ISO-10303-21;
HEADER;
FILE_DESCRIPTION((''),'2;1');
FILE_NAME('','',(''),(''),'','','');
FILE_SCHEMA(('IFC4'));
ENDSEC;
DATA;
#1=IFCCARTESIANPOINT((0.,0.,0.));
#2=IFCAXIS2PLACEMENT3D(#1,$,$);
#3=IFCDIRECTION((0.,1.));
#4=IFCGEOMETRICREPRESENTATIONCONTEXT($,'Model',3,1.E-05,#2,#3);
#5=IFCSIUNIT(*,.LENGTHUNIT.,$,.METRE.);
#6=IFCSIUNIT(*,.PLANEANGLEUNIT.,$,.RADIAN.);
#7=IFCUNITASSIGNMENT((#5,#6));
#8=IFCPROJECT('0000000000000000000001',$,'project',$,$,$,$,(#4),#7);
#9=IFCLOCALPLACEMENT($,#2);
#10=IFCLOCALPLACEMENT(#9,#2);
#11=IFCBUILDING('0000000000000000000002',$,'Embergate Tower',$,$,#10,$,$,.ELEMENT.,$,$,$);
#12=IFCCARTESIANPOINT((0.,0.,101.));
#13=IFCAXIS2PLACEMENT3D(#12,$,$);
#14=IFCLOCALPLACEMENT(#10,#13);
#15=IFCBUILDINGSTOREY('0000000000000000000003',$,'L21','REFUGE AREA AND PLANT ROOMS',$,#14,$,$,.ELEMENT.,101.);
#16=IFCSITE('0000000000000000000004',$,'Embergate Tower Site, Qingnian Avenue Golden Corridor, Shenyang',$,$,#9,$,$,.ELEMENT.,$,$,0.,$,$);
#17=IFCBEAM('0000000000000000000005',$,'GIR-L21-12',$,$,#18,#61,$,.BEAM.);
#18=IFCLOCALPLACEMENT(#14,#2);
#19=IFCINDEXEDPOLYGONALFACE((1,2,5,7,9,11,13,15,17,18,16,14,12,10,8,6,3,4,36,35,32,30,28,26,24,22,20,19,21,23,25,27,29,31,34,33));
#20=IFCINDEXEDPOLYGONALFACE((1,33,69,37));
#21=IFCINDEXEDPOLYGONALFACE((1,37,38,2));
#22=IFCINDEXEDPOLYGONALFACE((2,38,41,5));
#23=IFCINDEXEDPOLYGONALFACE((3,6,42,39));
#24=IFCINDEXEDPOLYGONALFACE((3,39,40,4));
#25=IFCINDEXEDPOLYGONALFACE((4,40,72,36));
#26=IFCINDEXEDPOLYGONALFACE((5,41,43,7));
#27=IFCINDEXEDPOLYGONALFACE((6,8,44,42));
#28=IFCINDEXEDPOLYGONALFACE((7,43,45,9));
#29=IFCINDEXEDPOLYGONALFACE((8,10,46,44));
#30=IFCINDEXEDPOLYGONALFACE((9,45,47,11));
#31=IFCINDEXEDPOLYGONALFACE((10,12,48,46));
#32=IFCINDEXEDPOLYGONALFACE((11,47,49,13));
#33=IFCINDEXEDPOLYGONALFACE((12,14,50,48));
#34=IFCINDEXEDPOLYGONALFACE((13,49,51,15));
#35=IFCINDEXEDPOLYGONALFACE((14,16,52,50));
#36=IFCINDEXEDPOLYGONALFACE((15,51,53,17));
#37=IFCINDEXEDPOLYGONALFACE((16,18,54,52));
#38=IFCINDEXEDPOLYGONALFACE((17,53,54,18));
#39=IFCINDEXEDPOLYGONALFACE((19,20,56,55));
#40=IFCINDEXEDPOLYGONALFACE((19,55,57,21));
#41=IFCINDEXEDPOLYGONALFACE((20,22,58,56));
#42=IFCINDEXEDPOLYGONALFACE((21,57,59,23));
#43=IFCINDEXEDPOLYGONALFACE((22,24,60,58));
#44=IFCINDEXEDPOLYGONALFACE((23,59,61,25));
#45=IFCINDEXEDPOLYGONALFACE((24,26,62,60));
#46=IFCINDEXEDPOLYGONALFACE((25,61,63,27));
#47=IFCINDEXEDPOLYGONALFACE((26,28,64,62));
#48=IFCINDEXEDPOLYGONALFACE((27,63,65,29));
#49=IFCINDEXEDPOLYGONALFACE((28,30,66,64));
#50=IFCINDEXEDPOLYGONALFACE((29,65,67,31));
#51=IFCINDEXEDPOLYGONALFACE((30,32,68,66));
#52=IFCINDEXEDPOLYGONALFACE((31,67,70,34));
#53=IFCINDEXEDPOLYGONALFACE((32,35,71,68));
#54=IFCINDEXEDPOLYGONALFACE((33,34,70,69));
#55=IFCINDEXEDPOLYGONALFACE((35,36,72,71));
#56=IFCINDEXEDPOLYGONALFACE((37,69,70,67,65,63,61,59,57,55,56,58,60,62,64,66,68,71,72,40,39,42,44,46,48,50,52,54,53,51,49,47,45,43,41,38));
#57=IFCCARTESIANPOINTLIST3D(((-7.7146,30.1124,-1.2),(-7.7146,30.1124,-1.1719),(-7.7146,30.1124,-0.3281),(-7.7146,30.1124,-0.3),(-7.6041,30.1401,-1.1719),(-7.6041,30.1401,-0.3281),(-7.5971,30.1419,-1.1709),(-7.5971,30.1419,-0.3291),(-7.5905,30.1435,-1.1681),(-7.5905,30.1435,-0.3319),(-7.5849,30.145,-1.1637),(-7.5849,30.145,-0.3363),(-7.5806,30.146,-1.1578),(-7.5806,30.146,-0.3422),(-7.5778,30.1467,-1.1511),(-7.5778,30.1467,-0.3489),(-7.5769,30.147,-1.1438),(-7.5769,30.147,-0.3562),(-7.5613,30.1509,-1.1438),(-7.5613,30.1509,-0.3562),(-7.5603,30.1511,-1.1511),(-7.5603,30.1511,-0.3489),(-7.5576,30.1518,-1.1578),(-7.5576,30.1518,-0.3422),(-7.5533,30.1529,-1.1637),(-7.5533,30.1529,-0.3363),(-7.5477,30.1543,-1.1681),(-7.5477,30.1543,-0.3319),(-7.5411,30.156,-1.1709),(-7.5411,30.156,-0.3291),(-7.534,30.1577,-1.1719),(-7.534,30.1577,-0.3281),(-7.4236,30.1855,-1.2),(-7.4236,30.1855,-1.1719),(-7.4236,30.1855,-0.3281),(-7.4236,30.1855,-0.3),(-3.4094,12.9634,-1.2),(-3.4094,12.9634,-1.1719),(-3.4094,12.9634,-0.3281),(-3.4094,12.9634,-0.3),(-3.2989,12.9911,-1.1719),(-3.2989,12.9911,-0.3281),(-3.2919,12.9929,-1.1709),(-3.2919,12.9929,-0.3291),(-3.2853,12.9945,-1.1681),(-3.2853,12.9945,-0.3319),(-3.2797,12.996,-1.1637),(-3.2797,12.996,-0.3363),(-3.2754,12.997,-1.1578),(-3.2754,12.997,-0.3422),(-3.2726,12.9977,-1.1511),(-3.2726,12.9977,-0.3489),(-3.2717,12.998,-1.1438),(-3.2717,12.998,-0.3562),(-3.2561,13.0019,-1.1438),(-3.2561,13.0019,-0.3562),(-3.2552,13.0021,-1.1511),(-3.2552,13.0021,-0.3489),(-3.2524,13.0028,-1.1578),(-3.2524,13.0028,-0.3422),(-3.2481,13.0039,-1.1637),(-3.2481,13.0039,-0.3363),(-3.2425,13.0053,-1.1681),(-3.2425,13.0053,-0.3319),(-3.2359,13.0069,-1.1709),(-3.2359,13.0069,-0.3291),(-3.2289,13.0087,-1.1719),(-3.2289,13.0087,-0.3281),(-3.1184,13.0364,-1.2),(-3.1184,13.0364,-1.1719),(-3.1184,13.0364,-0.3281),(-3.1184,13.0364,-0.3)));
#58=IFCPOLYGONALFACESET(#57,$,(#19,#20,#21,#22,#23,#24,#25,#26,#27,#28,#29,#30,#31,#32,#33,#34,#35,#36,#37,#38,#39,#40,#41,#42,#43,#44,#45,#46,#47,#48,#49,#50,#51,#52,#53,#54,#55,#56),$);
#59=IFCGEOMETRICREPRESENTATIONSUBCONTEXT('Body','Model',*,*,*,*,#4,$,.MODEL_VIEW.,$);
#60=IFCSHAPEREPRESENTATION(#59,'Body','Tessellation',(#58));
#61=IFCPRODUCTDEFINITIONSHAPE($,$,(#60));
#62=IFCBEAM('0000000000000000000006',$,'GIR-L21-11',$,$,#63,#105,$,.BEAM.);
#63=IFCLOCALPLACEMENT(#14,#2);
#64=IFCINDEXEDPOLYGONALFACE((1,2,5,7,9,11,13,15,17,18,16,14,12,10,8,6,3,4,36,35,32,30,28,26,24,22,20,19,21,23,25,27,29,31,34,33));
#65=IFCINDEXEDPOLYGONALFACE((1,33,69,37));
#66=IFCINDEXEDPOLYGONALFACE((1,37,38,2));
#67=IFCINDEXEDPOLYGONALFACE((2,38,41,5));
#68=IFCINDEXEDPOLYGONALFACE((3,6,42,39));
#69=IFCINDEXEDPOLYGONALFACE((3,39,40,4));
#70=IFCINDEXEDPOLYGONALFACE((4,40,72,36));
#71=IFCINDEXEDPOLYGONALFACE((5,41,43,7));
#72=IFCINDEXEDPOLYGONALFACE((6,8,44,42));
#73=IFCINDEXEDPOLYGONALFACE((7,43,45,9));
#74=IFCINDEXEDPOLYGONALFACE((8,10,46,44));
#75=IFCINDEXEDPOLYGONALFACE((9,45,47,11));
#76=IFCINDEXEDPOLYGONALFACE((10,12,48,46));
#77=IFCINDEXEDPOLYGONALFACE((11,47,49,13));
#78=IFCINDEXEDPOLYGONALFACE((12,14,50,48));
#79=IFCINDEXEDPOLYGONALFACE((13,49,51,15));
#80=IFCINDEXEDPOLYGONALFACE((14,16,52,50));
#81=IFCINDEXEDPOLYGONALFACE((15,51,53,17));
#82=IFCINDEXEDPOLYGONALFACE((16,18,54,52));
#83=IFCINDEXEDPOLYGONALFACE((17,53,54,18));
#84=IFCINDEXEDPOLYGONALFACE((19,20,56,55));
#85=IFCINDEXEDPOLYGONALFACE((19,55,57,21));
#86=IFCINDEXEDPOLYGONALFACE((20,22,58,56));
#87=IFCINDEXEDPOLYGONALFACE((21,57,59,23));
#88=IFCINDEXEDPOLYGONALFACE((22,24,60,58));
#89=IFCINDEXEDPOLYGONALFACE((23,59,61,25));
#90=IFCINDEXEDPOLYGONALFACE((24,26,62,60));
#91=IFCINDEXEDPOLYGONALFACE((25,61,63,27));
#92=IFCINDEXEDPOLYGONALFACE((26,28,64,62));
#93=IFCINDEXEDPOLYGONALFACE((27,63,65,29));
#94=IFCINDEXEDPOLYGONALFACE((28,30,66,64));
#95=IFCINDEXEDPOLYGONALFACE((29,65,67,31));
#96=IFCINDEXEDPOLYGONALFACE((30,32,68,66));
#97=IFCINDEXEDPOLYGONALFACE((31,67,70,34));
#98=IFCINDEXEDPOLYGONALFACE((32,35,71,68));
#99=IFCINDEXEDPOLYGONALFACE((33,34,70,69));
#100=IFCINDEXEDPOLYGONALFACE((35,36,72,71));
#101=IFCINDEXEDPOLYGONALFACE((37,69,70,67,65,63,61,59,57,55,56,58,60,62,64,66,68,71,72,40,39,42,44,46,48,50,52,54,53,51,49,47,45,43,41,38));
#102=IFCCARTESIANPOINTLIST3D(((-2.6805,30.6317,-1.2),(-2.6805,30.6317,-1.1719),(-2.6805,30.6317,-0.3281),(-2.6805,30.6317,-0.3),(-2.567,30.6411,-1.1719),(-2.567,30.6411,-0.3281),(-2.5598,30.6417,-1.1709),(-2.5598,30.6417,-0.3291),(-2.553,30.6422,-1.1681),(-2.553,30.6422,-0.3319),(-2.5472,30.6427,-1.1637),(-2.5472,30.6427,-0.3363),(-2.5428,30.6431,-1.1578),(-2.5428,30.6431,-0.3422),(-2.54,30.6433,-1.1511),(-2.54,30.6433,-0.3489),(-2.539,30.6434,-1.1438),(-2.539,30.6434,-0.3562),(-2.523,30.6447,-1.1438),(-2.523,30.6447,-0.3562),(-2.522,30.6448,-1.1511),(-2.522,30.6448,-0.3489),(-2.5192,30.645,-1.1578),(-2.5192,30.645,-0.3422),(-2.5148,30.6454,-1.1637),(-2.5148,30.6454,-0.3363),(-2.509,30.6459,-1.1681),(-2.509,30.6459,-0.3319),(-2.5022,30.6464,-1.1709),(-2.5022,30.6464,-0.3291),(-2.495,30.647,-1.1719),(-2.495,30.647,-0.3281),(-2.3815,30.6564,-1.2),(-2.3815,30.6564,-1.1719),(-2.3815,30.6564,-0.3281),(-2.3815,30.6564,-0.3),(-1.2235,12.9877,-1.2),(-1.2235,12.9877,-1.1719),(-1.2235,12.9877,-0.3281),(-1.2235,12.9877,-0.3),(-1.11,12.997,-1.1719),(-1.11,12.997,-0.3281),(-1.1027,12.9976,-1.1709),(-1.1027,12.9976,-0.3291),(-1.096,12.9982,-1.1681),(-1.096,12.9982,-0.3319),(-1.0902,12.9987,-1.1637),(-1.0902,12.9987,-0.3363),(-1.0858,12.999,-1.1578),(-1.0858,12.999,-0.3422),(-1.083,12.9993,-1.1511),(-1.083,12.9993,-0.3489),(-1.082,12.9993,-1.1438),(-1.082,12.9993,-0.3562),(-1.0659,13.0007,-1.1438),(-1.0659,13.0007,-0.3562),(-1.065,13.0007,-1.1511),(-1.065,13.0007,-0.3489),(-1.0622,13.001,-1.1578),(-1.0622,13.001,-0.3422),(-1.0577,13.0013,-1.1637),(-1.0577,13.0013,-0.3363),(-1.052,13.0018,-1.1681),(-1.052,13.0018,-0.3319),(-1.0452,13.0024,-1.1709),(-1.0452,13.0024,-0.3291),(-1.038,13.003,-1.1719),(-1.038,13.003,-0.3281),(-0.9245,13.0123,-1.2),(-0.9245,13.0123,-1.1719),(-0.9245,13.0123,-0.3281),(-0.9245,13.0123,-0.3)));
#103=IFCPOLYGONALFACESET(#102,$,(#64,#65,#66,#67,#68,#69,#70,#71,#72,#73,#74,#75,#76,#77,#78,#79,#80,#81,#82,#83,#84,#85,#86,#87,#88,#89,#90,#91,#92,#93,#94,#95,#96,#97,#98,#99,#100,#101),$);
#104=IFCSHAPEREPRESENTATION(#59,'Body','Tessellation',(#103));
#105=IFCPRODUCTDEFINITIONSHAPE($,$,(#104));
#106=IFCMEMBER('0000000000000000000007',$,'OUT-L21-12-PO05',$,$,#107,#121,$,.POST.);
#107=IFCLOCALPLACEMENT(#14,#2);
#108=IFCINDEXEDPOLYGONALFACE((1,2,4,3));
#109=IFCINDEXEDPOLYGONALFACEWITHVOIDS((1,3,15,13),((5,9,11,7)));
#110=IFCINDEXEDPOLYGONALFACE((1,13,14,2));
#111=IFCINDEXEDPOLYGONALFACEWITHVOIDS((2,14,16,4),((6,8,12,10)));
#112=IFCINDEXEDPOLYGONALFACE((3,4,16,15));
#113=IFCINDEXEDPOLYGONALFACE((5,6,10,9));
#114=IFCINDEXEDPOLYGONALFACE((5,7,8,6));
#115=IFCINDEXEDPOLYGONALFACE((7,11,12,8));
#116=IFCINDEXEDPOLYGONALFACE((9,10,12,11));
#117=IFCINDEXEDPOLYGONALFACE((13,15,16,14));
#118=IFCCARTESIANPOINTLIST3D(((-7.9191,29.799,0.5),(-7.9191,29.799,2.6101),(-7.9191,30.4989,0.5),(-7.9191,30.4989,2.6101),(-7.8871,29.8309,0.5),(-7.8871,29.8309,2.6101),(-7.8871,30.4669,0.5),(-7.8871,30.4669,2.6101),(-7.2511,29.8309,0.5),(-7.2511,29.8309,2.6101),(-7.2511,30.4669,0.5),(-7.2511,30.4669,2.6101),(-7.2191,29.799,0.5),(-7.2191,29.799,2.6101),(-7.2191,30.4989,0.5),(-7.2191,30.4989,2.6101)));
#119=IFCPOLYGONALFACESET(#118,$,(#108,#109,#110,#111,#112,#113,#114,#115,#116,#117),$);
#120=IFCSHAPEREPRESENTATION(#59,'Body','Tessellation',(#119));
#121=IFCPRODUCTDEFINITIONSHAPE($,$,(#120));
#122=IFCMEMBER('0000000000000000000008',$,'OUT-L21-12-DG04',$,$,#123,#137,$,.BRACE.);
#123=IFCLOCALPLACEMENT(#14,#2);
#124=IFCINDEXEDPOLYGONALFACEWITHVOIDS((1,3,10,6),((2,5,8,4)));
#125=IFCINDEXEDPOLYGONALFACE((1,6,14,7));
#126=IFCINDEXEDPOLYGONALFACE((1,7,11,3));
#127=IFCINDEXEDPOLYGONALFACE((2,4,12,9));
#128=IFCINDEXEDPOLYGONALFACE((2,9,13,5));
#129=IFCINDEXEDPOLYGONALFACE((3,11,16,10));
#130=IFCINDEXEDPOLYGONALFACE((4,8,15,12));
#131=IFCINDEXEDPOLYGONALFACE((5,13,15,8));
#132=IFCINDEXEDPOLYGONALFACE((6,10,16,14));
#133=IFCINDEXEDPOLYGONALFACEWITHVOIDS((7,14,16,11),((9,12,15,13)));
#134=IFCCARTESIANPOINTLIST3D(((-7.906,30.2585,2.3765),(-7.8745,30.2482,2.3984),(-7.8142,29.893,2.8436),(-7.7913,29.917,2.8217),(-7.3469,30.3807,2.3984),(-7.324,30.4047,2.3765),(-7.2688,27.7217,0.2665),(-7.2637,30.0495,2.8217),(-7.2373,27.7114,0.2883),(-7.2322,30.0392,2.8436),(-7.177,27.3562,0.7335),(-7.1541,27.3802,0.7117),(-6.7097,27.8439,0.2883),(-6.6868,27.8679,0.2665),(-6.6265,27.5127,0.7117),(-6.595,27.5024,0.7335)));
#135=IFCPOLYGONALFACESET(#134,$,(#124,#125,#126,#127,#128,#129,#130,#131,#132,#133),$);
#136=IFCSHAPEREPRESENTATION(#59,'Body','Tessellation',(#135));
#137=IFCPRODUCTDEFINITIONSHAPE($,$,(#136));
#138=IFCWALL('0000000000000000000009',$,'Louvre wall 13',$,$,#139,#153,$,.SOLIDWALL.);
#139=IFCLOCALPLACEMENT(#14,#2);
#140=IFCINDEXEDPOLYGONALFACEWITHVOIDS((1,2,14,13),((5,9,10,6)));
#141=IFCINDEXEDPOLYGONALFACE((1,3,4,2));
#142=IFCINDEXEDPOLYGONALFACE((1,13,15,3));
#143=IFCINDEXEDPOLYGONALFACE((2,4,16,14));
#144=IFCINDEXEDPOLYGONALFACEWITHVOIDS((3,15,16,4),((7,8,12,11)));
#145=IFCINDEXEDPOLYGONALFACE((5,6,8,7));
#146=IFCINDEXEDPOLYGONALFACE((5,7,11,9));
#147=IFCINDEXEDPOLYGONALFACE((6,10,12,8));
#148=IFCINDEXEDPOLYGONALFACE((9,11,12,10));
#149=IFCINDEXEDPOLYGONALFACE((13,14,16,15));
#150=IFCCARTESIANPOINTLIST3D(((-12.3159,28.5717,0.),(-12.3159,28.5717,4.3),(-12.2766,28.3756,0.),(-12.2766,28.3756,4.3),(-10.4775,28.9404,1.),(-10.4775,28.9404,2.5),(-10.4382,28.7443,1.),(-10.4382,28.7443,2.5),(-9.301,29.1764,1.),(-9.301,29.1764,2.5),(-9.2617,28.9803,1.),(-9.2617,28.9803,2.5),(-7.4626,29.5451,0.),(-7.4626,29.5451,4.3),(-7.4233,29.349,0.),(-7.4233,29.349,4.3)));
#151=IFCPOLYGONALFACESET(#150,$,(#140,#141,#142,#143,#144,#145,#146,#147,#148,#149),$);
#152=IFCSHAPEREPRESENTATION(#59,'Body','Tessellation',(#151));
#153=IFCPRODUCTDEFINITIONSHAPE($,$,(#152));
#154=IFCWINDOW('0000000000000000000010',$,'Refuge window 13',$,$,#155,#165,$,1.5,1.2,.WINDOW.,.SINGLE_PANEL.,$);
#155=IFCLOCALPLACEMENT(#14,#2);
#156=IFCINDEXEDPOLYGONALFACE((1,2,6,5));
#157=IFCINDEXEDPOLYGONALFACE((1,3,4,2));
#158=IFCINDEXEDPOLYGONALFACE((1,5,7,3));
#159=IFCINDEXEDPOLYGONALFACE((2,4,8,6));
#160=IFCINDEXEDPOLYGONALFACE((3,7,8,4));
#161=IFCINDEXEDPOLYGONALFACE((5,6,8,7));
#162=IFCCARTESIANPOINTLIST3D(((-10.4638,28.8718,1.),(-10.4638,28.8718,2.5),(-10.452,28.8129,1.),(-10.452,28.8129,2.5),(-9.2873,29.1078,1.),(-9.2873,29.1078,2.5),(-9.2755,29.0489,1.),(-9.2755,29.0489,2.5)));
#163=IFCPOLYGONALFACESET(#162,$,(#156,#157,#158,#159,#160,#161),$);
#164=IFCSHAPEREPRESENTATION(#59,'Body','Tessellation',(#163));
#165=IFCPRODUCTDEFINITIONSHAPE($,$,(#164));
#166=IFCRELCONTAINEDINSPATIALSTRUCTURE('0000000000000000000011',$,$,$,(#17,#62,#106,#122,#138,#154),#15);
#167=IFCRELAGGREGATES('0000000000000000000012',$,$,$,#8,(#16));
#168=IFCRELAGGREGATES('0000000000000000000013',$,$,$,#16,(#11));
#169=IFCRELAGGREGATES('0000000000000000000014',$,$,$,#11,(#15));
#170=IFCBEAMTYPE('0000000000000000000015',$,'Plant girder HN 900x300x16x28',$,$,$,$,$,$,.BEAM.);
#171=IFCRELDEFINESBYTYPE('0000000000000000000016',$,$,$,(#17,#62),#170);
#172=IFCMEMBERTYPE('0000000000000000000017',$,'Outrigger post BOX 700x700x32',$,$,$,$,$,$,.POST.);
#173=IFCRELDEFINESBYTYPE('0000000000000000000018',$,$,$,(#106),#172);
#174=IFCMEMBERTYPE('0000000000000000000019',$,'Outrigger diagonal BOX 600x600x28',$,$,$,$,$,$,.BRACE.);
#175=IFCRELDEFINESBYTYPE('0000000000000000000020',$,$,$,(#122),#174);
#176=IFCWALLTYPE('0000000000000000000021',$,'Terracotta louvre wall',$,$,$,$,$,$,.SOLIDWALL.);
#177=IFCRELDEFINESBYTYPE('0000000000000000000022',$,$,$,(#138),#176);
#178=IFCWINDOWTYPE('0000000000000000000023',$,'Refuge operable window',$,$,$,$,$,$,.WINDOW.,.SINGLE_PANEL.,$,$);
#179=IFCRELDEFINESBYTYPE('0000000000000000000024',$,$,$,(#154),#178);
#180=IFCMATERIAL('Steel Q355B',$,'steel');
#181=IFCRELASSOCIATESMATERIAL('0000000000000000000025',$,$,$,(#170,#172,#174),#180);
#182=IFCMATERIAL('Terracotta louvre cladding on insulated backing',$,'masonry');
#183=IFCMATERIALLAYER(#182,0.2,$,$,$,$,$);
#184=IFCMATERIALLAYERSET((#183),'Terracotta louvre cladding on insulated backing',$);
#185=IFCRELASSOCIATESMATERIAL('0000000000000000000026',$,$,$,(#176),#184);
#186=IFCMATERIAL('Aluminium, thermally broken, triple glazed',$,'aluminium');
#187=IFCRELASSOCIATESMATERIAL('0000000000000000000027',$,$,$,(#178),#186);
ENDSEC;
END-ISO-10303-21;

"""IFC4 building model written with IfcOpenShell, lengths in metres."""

from ifc_helpers import new_model, si_unit, direction, frame, frame_2d, origin, origin_2d, place, context, subcontext, project, spatial, rectangle, hollow_rectangle, i_section, extrude, source, transform, mapped, material, layer, layer_set, material_profile, profile_set, type_object, element, fill, save


model = new_model("IFC4")

# Units and contexts
model_context = context("Model", 3, precision=1e-05, world=origin(), true_north=direction((0.0, 1.0)))
body_context = subcontext(model_context, "Body", "Model", "MODEL_VIEW")
ifc_project = project(units=[si_unit("LENGTHUNIT", "METRE"), si_unit("PLANEANGLEUNIT", "RADIAN")], contexts=[model_context])

# Site, building, storey
site_placement = place(None, origin())
site = spatial("IfcSite", under=ifc_project, at=site_placement, Name="Embergate Tower Site, Qingnian Avenue Golden Corridor, Shenyang", CompositionType="ELEMENT", RefElevation=0.0)
building_placement = place(site_placement, origin())
building = spatial("IfcBuilding", under=site, at=building_placement, Name="Embergate Tower", CompositionType="ELEMENT")
storey_placement = place(building_placement, frame((0.0, 0.0, 101.0)))
storey = spatial("IfcBuildingStorey", under=building, at=storey_placement, Name="L21", Description="REFUGE AREA AND PLANT ROOMS", CompositionType="ELEMENT", Elevation=101.0)

# Beams
ifc_material_1 = material(Name="Steel Q355B", Category="steel")
ifc_material_profile_1 = material_profile(ifc_material_1, i_section(OverallWidth=0.3, OverallDepth=0.8999, WebThickness=0.0161, FlangeThickness=0.0281, FilletRadius=0.0281, at=origin_2d()), Name="HN 900x300x16x28")
ifc_profile_set_1 = profile_set([ifc_material_profile_1], Name="Steel Q355 grade B")
beam_type_1 = type_object("IfcBeamType", Name="Plant girder HN 900x300x16x28", PredefinedType="BEAM", material=ifc_profile_set_1)
shared_shape_1 = source(origin(), body_context, "Body", "SweptSolid", [
    extrude(i_section(OverallWidth=0.3, OverallDepth=0.8999, WebThickness=0.0161, FlangeThickness=0.0281, FilletRadius=0.0281, at=origin_2d()), origin(), (0.0, 0.0, 1.0), 17.6812),
])
beam_1_placement = place(storey_placement, frame((-7.5691, 30.1489, -0.75), z_axis=(0.243491, -0.969903, 0.0), x_axis=(0.969903, 0.243491, 0.0)))
element("IfcBeam", 1, at=beam_1_placement, inside=storey, type_object=beam_type_1, Name="GIR-L21-12", PredefinedType="BEAM", context=body_context, shape_type="MappedRepresentation", body=[
    mapped(shared_shape_1, transform((0.0, 0.0, 0.0))),
])
shared_shape_2 = source(origin(), body_context, "Body", "SweptSolid", [
    extrude(i_section(OverallWidth=0.3, OverallDepth=0.8999, WebThickness=0.0161, FlangeThickness=0.0281, FilletRadius=0.0281, at=origin_2d()), origin(), (0.0, 0.0, 1.0), 17.7041),
])
beam_2_placement = place(storey_placement, frame((-2.531, 30.644, -0.75), z_axis=(0.082299, -0.996608, 0.0), x_axis=(0.996608, 0.082299, 0.0)))
element("IfcBeam", 2, at=beam_2_placement, inside=storey, type_object=beam_type_1, Name="GIR-L21-11", PredefinedType="BEAM", context=body_context, shape_type="MappedRepresentation", body=[
    mapped(shared_shape_2, transform((0.0, 0.0, 0.0))),
])

# Members
ifc_material_profile_2 = material_profile(ifc_material_1, hollow_rectangle(XDim=0.7, YDim=0.7, WallThickness=0.032, at=origin_2d()), Name="BOX 700x700x32")
ifc_profile_set_2 = profile_set([ifc_material_profile_2], Name="Steel Q355 grade B")
member_type_1 = type_object("IfcMemberType", Name="Outrigger post BOX 700x700x32", PredefinedType="POST", material=ifc_profile_set_2)
shared_shape_3 = source(origin(), body_context, "Body", "SweptSolid", [
    extrude(hollow_rectangle(XDim=0.7, YDim=0.7, WallThickness=0.032, at=origin_2d()), origin(), (0.0, 0.0, 1.0), 2.1101),
])
member_1_placement = place(storey_placement, frame((-7.5691, 30.1489, 0.5), z_axis=(0.0, 0.0, 1.0), x_axis=(1.0, 0.0, 0.0)))
element("IfcMember", 3, at=member_1_placement, inside=storey, type_object=member_type_1, Name="OUT-L21-12-PO05", PredefinedType="POST", context=body_context, shape_type="MappedRepresentation", body=[
    mapped(shared_shape_3, transform((0.0, 0.0, 0.0))),
])
ifc_material_profile_3 = material_profile(ifc_material_1, hollow_rectangle(XDim=0.6001, YDim=0.6001, WallThickness=0.0281, at=origin_2d()), Name="BOX 600x600x28")
ifc_profile_set_3 = profile_set([ifc_material_profile_3], Name="Steel Q355 grade B")
member_type_2 = type_object("IfcMemberType", Name="Outrigger diagonal BOX 600x600x28", PredefinedType="BRACE", material=ifc_profile_set_3)
shared_shape_4 = source(origin(), body_context, "Body", "SweptSolid", [
    extrude(hollow_rectangle(XDim=0.6001, YDim=0.6001, WallThickness=0.0281, at=origin_2d()), origin(), (0.0, 0.0, 1.0), 3.3606),
])
member_2_placement = place(storey_placement, frame((-6.9319, 27.6121, 0.5), z_axis=(-0.189606, 0.754863, 0.627878), x_axis=(-0.969873, -0.243612, 0.0)))
element("IfcMember", 4, at=member_2_placement, inside=storey, type_object=member_type_2, Name="OUT-L21-12-DG04", PredefinedType="BRACE", context=body_context, shape_type="MappedRepresentation", body=[
    mapped(shared_shape_4, transform((0.0, 0.0, 0.0))),
])

# Wall, opening, window
ifc_material_2 = material(Name="Terracotta louvre cladding on insulated backing", Category="masonry")
ifc_layer_1 = layer(ifc_material_2, 0.2)
ifc_layer_set_1 = layer_set([ifc_layer_1], Name="Terracotta louvre cladding on insulated backing")
wall_type_1 = type_object("IfcWallType", Name="Terracotta louvre wall", PredefinedType="SOLIDWALL", material=ifc_layer_set_1)
shared_shape_5 = source(origin(), body_context, "Body", "SweptSolid", [
    extrude(rectangle(XDim=4.95, YDim=0.2, at=frame_2d((2.4751, 0.0))), origin(), (0.0, 0.0, 1.0), 4.3),
])
wall_1_placement = place(storey_placement, frame((-12.2964, 28.4736, 0.0), z_axis=(0.0, 0.0, 1.0), x_axis=(0.980474, 0.196647, 0.0)))
wall_1 = element("IfcWall", 5, at=wall_1_placement, inside=storey, type_object=wall_type_1, Name="Louvre wall 13", PredefinedType="SOLIDWALL", context=body_context, shape_type="MappedRepresentation", body=[
    mapped(shared_shape_5, transform((0.0, 0.0, 0.0))),
])
shared_shape_6 = source(origin(), body_context, "Body", "SweptSolid", [
    extrude(rectangle(XDim=1.2, YDim=1.5, at=frame_2d((0.6001, 0.75))), frame((0.0, 0.1099, 0.0), z_axis=(0.0, -1.0, 0.0), x_axis=(1.0, 0.0, 0.0)), (0.0, 0.0, 1.0), 0.22),
])
opening_1_placement = place(wall_1_placement, frame((1.875, 0.0, 1.0)))
opening_1 = element("IfcOpeningElement", 6, at=opening_1_placement, cuts=wall_1, PredefinedType="OPENING", context=body_context, shape_type="MappedRepresentation", body=[
    mapped(shared_shape_6, transform((0.0, 0.0, 0.0))),
])
ifc_material_3 = material(Name="Aluminium, thermally broken, triple glazed", Category="aluminium")
window_type = type_object("IfcWindowType", Name="Refuge operable window", PartitioningType="SINGLE_PANEL", PredefinedType="WINDOW", material=ifc_material_3)
shared_shape_7 = source(origin(), body_context, "Body", "SweptSolid", [
    extrude(rectangle(XDim=1.2, YDim=1.5, at=frame_2d((0.6001, 0.75))), frame((0.0, 0.03, 0.0), z_axis=(0.0, -1.0, 0.0), x_axis=(1.0, 0.0, 0.0)), (0.0, 0.0, 1.0), 0.0601),
])
window_1_placement = place(opening_1_placement, origin())
window_1 = element("IfcWindow", 7, at=window_1_placement, inside=storey, type_object=window_type, Name="Refuge window 13", OverallHeight=1.5, OverallWidth=1.2, PartitioningType="SINGLE_PANEL", PredefinedType="WINDOW", context=body_context, shape_type="MappedRepresentation", body=[
    mapped(shared_shape_7, transform((0.0, 0.0, 0.0))),
])
fill(opening_1, window_1)

save(model, "model.ifc")
